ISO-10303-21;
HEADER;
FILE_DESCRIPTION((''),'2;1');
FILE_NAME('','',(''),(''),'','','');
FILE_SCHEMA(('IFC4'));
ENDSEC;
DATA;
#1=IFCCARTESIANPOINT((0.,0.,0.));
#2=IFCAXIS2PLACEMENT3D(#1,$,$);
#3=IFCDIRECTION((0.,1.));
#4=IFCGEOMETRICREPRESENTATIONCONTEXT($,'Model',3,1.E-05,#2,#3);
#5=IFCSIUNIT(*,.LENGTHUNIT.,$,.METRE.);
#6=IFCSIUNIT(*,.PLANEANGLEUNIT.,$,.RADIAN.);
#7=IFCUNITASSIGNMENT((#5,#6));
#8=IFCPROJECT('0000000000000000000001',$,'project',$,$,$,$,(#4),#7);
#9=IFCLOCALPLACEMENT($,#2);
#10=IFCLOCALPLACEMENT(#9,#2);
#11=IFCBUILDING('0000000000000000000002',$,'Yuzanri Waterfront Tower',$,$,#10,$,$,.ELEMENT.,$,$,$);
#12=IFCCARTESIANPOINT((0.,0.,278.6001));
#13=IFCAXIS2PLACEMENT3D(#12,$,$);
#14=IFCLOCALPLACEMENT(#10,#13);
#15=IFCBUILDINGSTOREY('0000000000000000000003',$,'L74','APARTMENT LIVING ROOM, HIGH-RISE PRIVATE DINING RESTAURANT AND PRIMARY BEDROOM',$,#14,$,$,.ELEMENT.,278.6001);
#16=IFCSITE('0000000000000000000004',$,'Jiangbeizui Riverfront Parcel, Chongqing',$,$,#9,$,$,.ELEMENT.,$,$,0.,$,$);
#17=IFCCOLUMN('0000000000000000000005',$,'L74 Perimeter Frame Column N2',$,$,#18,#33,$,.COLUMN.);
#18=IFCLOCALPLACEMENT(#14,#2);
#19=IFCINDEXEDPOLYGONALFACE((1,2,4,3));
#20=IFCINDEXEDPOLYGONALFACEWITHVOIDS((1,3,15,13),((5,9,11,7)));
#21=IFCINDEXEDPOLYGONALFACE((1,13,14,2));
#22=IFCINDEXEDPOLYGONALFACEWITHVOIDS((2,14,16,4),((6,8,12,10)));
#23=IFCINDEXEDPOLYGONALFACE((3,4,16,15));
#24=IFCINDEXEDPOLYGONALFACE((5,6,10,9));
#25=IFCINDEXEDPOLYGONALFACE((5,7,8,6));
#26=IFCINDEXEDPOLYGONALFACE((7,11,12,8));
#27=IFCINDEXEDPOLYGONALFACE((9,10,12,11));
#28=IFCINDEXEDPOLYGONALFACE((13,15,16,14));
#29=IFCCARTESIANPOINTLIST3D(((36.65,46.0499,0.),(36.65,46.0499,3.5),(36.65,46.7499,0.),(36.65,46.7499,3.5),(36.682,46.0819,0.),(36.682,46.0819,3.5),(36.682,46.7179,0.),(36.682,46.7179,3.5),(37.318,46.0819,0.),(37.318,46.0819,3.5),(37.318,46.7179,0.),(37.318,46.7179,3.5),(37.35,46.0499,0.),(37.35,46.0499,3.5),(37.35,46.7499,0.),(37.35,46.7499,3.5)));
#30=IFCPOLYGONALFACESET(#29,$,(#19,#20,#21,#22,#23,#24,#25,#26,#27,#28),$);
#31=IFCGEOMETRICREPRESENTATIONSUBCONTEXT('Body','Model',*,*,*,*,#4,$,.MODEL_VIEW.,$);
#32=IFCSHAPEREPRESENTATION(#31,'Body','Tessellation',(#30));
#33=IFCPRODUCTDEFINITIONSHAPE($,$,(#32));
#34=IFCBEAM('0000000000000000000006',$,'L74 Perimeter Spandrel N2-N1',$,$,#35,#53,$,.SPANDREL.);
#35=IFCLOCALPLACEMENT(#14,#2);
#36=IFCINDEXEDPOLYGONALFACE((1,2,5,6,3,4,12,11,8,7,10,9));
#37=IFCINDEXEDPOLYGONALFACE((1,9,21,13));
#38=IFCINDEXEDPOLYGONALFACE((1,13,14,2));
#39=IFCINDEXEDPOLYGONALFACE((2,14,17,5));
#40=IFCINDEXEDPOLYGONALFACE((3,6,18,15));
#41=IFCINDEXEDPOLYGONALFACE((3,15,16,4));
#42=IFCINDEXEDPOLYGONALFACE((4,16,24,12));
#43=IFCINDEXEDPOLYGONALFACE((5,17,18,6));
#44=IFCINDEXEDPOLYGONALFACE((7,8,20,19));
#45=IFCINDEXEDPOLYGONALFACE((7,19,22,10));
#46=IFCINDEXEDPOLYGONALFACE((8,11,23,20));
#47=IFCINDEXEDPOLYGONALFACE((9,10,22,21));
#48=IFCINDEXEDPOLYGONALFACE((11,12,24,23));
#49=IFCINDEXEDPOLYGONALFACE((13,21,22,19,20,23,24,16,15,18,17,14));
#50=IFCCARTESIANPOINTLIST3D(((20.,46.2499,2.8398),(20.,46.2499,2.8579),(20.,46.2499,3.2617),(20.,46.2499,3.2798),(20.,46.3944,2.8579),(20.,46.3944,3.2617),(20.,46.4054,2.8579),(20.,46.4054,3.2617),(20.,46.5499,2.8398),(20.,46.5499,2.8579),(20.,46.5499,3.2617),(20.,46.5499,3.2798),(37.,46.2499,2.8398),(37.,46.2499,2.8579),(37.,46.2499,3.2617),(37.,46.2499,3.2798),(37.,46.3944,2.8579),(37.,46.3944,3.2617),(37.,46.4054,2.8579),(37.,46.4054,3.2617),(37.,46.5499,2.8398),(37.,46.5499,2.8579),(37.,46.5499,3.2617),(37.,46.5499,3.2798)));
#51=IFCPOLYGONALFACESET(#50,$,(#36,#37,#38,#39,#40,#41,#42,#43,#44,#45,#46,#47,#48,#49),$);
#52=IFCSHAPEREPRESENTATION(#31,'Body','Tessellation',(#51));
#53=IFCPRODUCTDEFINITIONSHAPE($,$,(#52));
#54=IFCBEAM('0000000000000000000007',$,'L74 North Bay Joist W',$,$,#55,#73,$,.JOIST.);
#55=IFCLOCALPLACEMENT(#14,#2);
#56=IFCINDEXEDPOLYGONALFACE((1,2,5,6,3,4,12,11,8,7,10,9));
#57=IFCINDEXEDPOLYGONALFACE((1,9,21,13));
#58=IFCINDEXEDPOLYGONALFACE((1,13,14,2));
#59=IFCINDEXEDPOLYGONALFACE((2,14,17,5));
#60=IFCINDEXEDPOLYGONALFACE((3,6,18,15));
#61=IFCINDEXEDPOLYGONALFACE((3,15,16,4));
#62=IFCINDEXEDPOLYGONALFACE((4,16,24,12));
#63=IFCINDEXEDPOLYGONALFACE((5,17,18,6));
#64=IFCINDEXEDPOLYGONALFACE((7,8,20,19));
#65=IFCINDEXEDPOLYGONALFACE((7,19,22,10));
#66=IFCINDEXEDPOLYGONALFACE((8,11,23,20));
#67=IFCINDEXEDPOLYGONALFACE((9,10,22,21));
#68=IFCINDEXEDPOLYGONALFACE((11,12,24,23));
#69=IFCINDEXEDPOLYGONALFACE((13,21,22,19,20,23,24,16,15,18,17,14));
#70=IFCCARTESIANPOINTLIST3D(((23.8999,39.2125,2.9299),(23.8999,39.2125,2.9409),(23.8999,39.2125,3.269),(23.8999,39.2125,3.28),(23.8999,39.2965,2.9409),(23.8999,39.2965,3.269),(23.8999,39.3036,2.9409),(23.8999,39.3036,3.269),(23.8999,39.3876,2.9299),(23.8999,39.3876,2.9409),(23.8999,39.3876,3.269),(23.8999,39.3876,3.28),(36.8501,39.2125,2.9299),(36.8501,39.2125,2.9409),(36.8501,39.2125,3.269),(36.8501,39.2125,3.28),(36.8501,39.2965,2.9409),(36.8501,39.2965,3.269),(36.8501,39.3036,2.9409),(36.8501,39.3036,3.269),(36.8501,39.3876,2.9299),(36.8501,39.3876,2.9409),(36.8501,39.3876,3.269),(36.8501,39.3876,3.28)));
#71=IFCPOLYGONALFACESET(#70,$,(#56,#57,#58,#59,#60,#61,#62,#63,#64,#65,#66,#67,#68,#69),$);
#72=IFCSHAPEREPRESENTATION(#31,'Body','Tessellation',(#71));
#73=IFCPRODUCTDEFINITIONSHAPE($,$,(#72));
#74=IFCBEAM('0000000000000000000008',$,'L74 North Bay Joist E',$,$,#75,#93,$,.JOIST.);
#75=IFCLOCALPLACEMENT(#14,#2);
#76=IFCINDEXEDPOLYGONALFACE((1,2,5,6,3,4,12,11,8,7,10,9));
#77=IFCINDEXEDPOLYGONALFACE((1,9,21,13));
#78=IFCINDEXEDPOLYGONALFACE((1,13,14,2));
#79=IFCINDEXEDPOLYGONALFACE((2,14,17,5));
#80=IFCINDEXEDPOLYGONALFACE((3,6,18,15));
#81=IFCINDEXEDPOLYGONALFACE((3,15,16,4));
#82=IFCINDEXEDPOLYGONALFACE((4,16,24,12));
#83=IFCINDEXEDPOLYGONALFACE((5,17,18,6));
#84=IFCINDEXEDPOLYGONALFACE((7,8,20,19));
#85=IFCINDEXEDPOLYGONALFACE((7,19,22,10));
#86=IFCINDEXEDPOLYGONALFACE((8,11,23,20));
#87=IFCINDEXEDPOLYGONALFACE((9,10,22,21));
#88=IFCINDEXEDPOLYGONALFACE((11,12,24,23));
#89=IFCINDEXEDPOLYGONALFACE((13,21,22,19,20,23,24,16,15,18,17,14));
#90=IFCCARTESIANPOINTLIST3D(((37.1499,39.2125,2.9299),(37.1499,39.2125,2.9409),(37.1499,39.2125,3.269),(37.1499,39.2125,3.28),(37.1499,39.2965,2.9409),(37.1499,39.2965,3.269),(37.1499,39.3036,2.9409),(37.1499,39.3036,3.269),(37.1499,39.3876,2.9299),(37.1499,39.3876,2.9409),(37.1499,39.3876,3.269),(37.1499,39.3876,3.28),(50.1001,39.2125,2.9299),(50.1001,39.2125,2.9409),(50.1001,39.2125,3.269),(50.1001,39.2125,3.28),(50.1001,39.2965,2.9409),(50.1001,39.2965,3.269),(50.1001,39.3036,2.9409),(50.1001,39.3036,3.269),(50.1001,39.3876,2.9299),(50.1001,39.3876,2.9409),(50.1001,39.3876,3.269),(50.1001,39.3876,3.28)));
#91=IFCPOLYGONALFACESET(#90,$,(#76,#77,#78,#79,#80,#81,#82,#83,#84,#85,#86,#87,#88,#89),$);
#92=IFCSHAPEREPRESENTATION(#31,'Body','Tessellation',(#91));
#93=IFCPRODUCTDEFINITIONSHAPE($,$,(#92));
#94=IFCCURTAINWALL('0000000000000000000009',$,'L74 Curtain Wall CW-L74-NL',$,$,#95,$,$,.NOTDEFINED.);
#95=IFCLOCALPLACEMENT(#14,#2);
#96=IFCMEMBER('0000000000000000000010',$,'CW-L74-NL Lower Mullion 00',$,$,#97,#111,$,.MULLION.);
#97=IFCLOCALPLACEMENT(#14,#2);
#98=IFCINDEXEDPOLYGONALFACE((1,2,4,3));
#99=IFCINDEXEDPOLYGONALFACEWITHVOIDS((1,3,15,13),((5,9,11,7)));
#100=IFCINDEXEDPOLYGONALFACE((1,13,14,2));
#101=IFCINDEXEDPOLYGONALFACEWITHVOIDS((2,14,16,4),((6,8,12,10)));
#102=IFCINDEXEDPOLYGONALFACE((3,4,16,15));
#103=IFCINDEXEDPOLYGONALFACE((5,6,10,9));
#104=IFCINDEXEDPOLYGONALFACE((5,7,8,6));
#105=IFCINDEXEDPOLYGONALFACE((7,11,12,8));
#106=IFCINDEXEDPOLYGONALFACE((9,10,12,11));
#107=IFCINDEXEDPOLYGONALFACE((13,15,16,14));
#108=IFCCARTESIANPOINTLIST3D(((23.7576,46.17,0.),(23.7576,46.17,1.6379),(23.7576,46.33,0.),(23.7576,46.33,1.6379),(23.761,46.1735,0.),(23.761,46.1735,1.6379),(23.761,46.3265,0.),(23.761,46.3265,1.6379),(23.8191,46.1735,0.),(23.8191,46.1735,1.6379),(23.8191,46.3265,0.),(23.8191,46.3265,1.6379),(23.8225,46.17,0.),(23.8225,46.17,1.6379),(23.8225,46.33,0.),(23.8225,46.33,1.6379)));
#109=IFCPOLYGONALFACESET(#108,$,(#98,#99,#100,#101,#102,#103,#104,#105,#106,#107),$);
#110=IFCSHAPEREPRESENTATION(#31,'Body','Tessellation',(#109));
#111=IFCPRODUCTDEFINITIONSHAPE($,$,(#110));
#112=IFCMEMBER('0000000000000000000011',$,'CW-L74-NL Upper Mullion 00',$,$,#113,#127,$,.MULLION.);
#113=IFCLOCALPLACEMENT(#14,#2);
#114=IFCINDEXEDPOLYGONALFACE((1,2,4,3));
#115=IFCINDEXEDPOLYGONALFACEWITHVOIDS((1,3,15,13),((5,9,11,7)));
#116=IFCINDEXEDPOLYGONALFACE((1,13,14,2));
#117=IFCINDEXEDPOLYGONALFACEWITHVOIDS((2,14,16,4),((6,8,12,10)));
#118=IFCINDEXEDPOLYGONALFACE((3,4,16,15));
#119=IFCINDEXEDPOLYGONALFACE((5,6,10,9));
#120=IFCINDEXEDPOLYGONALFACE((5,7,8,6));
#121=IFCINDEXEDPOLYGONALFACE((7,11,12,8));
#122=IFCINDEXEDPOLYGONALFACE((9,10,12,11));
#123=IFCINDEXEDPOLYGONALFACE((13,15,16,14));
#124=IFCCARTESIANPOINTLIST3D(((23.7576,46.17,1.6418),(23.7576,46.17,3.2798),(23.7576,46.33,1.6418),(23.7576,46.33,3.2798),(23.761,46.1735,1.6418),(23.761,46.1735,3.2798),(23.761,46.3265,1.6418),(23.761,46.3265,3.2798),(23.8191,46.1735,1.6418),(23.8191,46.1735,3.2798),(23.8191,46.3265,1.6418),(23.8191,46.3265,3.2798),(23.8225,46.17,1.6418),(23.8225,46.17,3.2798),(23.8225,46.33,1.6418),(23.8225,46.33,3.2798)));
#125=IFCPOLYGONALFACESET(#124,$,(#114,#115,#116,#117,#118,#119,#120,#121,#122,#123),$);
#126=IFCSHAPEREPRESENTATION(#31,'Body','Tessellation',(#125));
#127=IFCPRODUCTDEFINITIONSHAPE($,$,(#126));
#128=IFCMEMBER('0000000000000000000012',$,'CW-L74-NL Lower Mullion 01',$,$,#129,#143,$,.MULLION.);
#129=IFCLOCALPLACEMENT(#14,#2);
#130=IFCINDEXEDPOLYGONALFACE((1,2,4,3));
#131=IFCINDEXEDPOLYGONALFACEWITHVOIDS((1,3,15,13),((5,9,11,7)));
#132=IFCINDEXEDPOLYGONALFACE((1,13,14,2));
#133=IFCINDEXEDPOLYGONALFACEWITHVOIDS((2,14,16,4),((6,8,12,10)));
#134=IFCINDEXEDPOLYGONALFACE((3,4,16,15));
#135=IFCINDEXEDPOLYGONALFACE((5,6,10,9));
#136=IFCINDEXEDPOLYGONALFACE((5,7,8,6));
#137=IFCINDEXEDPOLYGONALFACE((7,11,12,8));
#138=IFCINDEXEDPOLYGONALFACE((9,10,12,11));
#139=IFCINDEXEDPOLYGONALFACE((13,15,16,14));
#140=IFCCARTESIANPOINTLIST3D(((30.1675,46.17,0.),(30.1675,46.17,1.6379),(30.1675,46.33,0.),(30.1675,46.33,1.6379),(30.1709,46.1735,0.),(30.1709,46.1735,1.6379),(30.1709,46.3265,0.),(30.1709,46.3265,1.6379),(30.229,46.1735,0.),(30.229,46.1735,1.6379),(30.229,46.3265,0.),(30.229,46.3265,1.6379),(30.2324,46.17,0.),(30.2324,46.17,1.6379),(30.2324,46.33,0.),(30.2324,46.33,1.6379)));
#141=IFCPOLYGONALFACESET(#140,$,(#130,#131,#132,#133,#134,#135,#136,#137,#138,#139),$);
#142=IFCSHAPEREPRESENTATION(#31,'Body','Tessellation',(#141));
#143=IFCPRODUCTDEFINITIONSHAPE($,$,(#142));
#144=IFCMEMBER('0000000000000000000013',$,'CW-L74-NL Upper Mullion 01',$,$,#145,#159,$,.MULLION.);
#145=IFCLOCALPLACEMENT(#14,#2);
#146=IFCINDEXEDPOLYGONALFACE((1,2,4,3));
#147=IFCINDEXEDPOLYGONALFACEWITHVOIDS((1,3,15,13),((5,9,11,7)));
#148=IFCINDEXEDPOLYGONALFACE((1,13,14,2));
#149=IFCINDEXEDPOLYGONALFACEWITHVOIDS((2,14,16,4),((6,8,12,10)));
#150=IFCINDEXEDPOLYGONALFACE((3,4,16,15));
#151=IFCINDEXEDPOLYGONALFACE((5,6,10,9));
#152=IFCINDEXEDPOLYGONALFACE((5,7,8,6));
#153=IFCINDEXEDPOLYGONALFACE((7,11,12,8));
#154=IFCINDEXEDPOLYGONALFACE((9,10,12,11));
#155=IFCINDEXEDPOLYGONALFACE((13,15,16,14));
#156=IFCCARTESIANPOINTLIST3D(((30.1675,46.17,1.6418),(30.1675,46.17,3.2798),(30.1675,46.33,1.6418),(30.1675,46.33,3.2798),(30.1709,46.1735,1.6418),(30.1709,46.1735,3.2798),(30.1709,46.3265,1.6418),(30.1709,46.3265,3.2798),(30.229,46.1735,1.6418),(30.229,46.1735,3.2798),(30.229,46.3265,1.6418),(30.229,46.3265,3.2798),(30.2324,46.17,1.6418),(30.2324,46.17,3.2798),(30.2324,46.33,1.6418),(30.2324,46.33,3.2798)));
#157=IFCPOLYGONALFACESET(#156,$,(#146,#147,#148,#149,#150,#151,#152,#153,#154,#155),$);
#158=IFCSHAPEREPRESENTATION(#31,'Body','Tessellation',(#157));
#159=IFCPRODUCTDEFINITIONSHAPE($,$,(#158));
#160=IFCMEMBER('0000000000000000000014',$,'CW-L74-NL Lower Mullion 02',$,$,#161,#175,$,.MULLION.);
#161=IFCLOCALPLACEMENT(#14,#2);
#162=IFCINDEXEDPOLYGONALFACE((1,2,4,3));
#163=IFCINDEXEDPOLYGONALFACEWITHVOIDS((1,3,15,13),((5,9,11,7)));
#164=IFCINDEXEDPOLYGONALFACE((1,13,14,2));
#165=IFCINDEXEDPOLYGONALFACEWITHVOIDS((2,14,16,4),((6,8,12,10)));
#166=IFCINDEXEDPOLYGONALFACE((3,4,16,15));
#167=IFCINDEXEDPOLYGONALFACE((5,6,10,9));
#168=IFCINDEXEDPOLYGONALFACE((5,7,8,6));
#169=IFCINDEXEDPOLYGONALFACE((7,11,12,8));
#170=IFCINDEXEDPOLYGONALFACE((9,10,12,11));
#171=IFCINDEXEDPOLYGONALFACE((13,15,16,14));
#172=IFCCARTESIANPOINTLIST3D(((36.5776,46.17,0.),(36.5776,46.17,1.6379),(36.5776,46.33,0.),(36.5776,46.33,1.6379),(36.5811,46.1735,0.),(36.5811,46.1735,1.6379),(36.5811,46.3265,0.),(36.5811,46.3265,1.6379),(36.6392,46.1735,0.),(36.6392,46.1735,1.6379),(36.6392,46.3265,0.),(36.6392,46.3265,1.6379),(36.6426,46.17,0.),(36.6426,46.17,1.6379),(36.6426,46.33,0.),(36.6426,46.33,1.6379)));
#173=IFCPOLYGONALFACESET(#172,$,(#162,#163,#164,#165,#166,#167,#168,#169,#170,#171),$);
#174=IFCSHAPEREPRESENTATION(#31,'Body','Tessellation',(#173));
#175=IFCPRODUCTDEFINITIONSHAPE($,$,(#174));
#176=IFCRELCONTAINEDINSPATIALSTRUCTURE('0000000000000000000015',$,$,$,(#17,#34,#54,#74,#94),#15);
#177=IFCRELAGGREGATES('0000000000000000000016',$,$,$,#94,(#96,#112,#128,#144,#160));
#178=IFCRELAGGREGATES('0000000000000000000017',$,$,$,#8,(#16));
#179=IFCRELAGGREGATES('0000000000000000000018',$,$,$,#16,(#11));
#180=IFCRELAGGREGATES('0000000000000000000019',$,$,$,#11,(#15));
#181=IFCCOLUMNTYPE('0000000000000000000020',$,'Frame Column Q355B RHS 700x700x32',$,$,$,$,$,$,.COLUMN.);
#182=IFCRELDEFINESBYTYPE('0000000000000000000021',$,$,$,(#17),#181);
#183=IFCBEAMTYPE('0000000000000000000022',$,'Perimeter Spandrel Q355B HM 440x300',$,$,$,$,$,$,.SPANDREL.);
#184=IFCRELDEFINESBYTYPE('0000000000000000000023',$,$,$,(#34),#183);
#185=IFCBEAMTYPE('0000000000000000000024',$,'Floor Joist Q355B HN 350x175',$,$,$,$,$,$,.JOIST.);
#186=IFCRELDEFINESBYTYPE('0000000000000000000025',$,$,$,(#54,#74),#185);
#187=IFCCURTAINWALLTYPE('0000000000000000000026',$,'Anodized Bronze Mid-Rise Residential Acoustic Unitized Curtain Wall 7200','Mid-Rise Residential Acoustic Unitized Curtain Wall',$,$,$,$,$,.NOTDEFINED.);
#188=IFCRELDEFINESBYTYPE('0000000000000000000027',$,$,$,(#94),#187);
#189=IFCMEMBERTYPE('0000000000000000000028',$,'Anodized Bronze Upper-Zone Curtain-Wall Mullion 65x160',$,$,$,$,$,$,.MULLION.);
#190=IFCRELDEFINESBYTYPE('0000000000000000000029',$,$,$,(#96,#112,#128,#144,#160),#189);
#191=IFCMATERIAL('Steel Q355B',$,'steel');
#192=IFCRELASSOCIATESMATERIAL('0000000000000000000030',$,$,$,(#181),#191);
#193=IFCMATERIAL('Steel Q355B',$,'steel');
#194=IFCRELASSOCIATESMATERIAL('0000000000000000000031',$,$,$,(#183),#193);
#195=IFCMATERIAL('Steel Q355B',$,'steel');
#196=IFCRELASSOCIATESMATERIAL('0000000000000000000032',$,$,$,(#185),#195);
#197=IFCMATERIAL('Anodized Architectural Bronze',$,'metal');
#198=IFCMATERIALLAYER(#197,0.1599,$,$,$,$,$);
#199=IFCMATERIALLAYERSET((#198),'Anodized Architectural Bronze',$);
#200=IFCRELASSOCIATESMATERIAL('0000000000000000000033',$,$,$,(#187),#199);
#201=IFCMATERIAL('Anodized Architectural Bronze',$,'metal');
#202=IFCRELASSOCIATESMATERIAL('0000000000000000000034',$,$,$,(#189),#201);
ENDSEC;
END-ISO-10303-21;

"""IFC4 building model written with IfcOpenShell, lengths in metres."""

from ifc_helpers import new_model, si_unit, direction, frame, origin, origin_2d, place, context, subcontext, project, spatial, hollow_rectangle, i_section, extrude, source, transform, mapped, material, layer, layer_set, material_profile, profile_set, type_object, element, aggregate, save


model = new_model("IFC4")

# Units and contexts
model_context = context("Model", 3, precision=1e-05, world=origin(), true_north=direction((0.0, 1.0)))
body_context = subcontext(model_context, "Body", "Model", "MODEL_VIEW")
ifc_project = project(units=[si_unit("LENGTHUNIT", "METRE"), si_unit("PLANEANGLEUNIT", "RADIAN")], contexts=[model_context])

# Site, building, storey
site_placement = place(None, origin())
site = spatial("IfcSite", under=ifc_project, at=site_placement, Name="Jiangbeizui Riverfront Parcel, Chongqing", CompositionType="ELEMENT", RefElevation=0.0)
building_placement = place(site_placement, origin())
building = spatial("IfcBuilding", under=site, at=building_placement, Name="Yuzanri Waterfront Tower", CompositionType="ELEMENT")
storey_placement = place(building_placement, frame((0.0, 0.0, 278.6001)))
storey = spatial("IfcBuildingStorey", under=building, at=storey_placement, Name="L74", Description="APARTMENT LIVING ROOM, HIGH-RISE PRIVATE DINING RESTAURANT AND PRIMARY BEDROOM", CompositionType="ELEMENT", Elevation=278.6001)

# Column
ifc_material_1 = material(Name="Steel Q355B", Category="steel")
ifc_material_profile_1 = material_profile(ifc_material_1, hollow_rectangle(XDim=0.7, YDim=0.7, WallThickness=0.032, at=origin_2d()), Name="RHS 700x700x32")
ifc_profile_set_1 = profile_set([ifc_material_profile_1], Name="Steel Q355B")
column_type = type_object("IfcColumnType", Name="Frame Column Q355B RHS 700x700x32", PredefinedType="COLUMN", material=ifc_profile_set_1)
shared_shape_1 = source(origin(), body_context, "Body", "SweptSolid", [
    extrude(hollow_rectangle(XDim=0.7, YDim=0.7, WallThickness=0.032, at=origin_2d()), origin(), (0.0, 0.0, 1.0), 3.5),
])
column_placement = place(storey_placement, frame((37.0, 46.3999, 0.0), z_axis=(0.0, 0.0, 1.0), x_axis=(1.0, 0.0, 0.0)))
element("IfcColumn", 1, at=column_placement, inside=storey, type_object=column_type, Name="L74 Perimeter Frame Column N2", PredefinedType="COLUMN", context=body_context, shape_type="MappedRepresentation", body=[
    mapped(shared_shape_1, transform((0.0, 0.0, 0.0), scale=1.0)),
])

# Beams
ifc_material_2 = material(Name="Steel Q355B", Category="steel")
ifc_material_profile_2 = material_profile(ifc_material_2, i_section(OverallWidth=0.3, OverallDepth=0.4399, WebThickness=0.011, FlangeThickness=0.0181, at=origin_2d()), Name="HM 440x300x11x18")
ifc_profile_set_2 = profile_set([ifc_material_profile_2], Name="Steel Q355B")
beam_type_1 = type_object("IfcBeamType", Name="Perimeter Spandrel Q355B HM 440x300", PredefinedType="SPANDREL", material=ifc_profile_set_2)
shared_shape_2 = source(origin(), body_context, "Body", "SweptSolid", [
    extrude(i_section(OverallWidth=0.3, OverallDepth=0.4399, WebThickness=0.011, FlangeThickness=0.0181, at=origin_2d()), origin(), (0.0, 0.0, 1.0), 17.0),
])
beam_placement = place(storey_placement, frame((37.0, 46.3999, 3.0598), z_axis=(-1.0, 0.0, 0.0), x_axis=(0.0, -1.0, 0.0)))
element("IfcBeam", 2, at=beam_placement, inside=storey, type_object=beam_type_1, Name="L74 Perimeter Spandrel N2-N1", PredefinedType="SPANDREL", context=body_context, shape_type="MappedRepresentation", body=[
    mapped(shared_shape_2, transform((0.0, 0.0, 0.0), scale=1.0)),
])
ifc_material_3 = material(Name="Steel Q355B", Category="steel")
ifc_material_profile_3 = material_profile(ifc_material_3, i_section(OverallWidth=0.175, OverallDepth=0.3501, WebThickness=0.0071, FlangeThickness=0.011, at=origin_2d()), Name="HN 350x175x7x11")
ifc_profile_set_3 = profile_set([ifc_material_profile_3], Name="Steel Q355B")
beam_type_2 = type_object("IfcBeamType", Name="Floor Joist Q355B HN 350x175", PredefinedType="JOIST", material=ifc_profile_set_3)
shared_shape_3 = source(origin(), body_context, "Body", "SweptSolid", [
    extrude(i_section(OverallWidth=0.175, OverallDepth=0.3501, WebThickness=0.0071, FlangeThickness=0.011, at=origin_2d()), origin(), (0.0, 0.0, 1.0), 12.9502),
])
for number, where, z_axis, x_axis, name in (
    (3, (23.8999, 39.3, 3.105), (1.0, 0.0, 0.0), (0.0, 1.0, 0.0), "L74 North Bay Joist W"),
    (4, (37.1499, 39.3, 3.105), (1.0, 0.0, 0.0), (0.0, 1.0, 0.0), "L74 North Bay Joist E"),
):
    element("IfcBeam", number, at=place(storey_placement, frame(where, z_axis=z_axis, x_axis=x_axis)), inside=storey, type_object=beam_type_2, Name=name, PredefinedType="JOIST", context=body_context, shape_type="MappedRepresentation", body=[
        mapped(shared_shape_3, transform((0.0, 0.0, 0.0), scale=1.0)),
    ])

# Curtain wall, members
ifc_material_4 = material(Name="Anodized Architectural Bronze", Category="metal")
ifc_layer_1 = layer(ifc_material_4, 0.1599)
ifc_layer_set_1 = layer_set([ifc_layer_1], Name="Anodized Architectural Bronze")
curtain_wall_type = type_object("IfcCurtainWallType", Name="Anodized Bronze Mid-Rise Residential Acoustic Unitized Curtain Wall 7200", Description="Mid-Rise Residential Acoustic Unitized Curtain Wall", PredefinedType="NOTDEFINED", material=ifc_layer_set_1)
curtain_wall_placement = place(storey_placement, origin())
curtain_wall = element("IfcCurtainWall", 5, at=curtain_wall_placement, inside=storey, type_object=curtain_wall_type, Name="L74 Curtain Wall CW-L74-NL", PredefinedType="NOTDEFINED")
ifc_material_5 = material(Name="Anodized Architectural Bronze", Category="metal")
ifc_material_profile_4 = material_profile(ifc_material_5, hollow_rectangle(XDim=0.0649, YDim=0.1599, WallThickness=0.0034, at=origin_2d()), Name="CWM 65x160")
ifc_profile_set_4 = profile_set([ifc_material_profile_4], Name="Anodized Architectural Bronze")
member_type_1 = type_object("IfcMemberType", Name="Anodized Bronze Upper-Zone Curtain-Wall Mullion 65x160", PredefinedType="MULLION", material=ifc_profile_set_4)
shared_shape_4 = source(origin(), body_context, "Body", "SweptSolid", [
    extrude(hollow_rectangle(XDim=0.0649, YDim=0.1599, WallThickness=0.0034, at=origin_2d()), origin(), (0.0, 0.0, 1.0), 1.6379),
])
member_1_placement = place(storey_placement, frame((23.79, 46.25, 0.0), z_axis=(0.0, 0.0, 1.0), x_axis=(1.0, 0.0, 0.0)))
member_1 = element("IfcMember", 6, at=member_1_placement, type_object=member_type_1, Name="CW-L74-NL Lower Mullion 00", PredefinedType="MULLION", context=body_context, shape_type="MappedRepresentation", body=[
    mapped(shared_shape_4, transform((0.0, 0.0, 0.0), scale=1.0)),
])
member_2_placement = place(storey_placement, frame((23.79, 46.25, 1.6418), z_axis=(0.0, 0.0, 1.0), x_axis=(1.0, 0.0, 0.0)))
member_2 = element("IfcMember", 7, at=member_2_placement, type_object=member_type_1, Name="CW-L74-NL Upper Mullion 00", PredefinedType="MULLION", context=body_context, shape_type="MappedRepresentation", body=[
    mapped(shared_shape_4, transform((0.0, 0.0, 0.0), scale=1.0)),
])
member_3_placement = place(storey_placement, frame((30.2, 46.25, 0.0), z_axis=(0.0, 0.0, 1.0), x_axis=(1.0, 0.0, 0.0)))
member_3 = element("IfcMember", 8, at=member_3_placement, type_object=member_type_1, Name="CW-L74-NL Lower Mullion 01", PredefinedType="MULLION", context=body_context, shape_type="MappedRepresentation", body=[
    mapped(shared_shape_4, transform((0.0, 0.0, 0.0), scale=1.0)),
])
member_4_placement = place(storey_placement, frame((30.2, 46.25, 1.6418), z_axis=(0.0, 0.0, 1.0), x_axis=(1.0, 0.0, 0.0)))
member_4 = element("IfcMember", 9, at=member_4_placement, type_object=member_type_1, Name="CW-L74-NL Upper Mullion 01", PredefinedType="MULLION", context=body_context, shape_type="MappedRepresentation", body=[
    mapped(shared_shape_4, transform((0.0, 0.0, 0.0), scale=1.0)),
])
member_5_placement = place(storey_placement, frame((36.6101, 46.25, 0.0), z_axis=(0.0, 0.0, 1.0), x_axis=(1.0, 0.0, 0.0)))
member_5 = element("IfcMember", 10, at=member_5_placement, type_object=member_type_1, Name="CW-L74-NL Lower Mullion 02", PredefinedType="MULLION", context=body_context, shape_type="MappedRepresentation", body=[
    mapped(shared_shape_4, transform((0.0, 0.0, 0.0), scale=1.0)),
])
aggregate(curtain_wall, [member_1, member_2, member_3, member_4, member_5])

save(model, "model.ifc")
